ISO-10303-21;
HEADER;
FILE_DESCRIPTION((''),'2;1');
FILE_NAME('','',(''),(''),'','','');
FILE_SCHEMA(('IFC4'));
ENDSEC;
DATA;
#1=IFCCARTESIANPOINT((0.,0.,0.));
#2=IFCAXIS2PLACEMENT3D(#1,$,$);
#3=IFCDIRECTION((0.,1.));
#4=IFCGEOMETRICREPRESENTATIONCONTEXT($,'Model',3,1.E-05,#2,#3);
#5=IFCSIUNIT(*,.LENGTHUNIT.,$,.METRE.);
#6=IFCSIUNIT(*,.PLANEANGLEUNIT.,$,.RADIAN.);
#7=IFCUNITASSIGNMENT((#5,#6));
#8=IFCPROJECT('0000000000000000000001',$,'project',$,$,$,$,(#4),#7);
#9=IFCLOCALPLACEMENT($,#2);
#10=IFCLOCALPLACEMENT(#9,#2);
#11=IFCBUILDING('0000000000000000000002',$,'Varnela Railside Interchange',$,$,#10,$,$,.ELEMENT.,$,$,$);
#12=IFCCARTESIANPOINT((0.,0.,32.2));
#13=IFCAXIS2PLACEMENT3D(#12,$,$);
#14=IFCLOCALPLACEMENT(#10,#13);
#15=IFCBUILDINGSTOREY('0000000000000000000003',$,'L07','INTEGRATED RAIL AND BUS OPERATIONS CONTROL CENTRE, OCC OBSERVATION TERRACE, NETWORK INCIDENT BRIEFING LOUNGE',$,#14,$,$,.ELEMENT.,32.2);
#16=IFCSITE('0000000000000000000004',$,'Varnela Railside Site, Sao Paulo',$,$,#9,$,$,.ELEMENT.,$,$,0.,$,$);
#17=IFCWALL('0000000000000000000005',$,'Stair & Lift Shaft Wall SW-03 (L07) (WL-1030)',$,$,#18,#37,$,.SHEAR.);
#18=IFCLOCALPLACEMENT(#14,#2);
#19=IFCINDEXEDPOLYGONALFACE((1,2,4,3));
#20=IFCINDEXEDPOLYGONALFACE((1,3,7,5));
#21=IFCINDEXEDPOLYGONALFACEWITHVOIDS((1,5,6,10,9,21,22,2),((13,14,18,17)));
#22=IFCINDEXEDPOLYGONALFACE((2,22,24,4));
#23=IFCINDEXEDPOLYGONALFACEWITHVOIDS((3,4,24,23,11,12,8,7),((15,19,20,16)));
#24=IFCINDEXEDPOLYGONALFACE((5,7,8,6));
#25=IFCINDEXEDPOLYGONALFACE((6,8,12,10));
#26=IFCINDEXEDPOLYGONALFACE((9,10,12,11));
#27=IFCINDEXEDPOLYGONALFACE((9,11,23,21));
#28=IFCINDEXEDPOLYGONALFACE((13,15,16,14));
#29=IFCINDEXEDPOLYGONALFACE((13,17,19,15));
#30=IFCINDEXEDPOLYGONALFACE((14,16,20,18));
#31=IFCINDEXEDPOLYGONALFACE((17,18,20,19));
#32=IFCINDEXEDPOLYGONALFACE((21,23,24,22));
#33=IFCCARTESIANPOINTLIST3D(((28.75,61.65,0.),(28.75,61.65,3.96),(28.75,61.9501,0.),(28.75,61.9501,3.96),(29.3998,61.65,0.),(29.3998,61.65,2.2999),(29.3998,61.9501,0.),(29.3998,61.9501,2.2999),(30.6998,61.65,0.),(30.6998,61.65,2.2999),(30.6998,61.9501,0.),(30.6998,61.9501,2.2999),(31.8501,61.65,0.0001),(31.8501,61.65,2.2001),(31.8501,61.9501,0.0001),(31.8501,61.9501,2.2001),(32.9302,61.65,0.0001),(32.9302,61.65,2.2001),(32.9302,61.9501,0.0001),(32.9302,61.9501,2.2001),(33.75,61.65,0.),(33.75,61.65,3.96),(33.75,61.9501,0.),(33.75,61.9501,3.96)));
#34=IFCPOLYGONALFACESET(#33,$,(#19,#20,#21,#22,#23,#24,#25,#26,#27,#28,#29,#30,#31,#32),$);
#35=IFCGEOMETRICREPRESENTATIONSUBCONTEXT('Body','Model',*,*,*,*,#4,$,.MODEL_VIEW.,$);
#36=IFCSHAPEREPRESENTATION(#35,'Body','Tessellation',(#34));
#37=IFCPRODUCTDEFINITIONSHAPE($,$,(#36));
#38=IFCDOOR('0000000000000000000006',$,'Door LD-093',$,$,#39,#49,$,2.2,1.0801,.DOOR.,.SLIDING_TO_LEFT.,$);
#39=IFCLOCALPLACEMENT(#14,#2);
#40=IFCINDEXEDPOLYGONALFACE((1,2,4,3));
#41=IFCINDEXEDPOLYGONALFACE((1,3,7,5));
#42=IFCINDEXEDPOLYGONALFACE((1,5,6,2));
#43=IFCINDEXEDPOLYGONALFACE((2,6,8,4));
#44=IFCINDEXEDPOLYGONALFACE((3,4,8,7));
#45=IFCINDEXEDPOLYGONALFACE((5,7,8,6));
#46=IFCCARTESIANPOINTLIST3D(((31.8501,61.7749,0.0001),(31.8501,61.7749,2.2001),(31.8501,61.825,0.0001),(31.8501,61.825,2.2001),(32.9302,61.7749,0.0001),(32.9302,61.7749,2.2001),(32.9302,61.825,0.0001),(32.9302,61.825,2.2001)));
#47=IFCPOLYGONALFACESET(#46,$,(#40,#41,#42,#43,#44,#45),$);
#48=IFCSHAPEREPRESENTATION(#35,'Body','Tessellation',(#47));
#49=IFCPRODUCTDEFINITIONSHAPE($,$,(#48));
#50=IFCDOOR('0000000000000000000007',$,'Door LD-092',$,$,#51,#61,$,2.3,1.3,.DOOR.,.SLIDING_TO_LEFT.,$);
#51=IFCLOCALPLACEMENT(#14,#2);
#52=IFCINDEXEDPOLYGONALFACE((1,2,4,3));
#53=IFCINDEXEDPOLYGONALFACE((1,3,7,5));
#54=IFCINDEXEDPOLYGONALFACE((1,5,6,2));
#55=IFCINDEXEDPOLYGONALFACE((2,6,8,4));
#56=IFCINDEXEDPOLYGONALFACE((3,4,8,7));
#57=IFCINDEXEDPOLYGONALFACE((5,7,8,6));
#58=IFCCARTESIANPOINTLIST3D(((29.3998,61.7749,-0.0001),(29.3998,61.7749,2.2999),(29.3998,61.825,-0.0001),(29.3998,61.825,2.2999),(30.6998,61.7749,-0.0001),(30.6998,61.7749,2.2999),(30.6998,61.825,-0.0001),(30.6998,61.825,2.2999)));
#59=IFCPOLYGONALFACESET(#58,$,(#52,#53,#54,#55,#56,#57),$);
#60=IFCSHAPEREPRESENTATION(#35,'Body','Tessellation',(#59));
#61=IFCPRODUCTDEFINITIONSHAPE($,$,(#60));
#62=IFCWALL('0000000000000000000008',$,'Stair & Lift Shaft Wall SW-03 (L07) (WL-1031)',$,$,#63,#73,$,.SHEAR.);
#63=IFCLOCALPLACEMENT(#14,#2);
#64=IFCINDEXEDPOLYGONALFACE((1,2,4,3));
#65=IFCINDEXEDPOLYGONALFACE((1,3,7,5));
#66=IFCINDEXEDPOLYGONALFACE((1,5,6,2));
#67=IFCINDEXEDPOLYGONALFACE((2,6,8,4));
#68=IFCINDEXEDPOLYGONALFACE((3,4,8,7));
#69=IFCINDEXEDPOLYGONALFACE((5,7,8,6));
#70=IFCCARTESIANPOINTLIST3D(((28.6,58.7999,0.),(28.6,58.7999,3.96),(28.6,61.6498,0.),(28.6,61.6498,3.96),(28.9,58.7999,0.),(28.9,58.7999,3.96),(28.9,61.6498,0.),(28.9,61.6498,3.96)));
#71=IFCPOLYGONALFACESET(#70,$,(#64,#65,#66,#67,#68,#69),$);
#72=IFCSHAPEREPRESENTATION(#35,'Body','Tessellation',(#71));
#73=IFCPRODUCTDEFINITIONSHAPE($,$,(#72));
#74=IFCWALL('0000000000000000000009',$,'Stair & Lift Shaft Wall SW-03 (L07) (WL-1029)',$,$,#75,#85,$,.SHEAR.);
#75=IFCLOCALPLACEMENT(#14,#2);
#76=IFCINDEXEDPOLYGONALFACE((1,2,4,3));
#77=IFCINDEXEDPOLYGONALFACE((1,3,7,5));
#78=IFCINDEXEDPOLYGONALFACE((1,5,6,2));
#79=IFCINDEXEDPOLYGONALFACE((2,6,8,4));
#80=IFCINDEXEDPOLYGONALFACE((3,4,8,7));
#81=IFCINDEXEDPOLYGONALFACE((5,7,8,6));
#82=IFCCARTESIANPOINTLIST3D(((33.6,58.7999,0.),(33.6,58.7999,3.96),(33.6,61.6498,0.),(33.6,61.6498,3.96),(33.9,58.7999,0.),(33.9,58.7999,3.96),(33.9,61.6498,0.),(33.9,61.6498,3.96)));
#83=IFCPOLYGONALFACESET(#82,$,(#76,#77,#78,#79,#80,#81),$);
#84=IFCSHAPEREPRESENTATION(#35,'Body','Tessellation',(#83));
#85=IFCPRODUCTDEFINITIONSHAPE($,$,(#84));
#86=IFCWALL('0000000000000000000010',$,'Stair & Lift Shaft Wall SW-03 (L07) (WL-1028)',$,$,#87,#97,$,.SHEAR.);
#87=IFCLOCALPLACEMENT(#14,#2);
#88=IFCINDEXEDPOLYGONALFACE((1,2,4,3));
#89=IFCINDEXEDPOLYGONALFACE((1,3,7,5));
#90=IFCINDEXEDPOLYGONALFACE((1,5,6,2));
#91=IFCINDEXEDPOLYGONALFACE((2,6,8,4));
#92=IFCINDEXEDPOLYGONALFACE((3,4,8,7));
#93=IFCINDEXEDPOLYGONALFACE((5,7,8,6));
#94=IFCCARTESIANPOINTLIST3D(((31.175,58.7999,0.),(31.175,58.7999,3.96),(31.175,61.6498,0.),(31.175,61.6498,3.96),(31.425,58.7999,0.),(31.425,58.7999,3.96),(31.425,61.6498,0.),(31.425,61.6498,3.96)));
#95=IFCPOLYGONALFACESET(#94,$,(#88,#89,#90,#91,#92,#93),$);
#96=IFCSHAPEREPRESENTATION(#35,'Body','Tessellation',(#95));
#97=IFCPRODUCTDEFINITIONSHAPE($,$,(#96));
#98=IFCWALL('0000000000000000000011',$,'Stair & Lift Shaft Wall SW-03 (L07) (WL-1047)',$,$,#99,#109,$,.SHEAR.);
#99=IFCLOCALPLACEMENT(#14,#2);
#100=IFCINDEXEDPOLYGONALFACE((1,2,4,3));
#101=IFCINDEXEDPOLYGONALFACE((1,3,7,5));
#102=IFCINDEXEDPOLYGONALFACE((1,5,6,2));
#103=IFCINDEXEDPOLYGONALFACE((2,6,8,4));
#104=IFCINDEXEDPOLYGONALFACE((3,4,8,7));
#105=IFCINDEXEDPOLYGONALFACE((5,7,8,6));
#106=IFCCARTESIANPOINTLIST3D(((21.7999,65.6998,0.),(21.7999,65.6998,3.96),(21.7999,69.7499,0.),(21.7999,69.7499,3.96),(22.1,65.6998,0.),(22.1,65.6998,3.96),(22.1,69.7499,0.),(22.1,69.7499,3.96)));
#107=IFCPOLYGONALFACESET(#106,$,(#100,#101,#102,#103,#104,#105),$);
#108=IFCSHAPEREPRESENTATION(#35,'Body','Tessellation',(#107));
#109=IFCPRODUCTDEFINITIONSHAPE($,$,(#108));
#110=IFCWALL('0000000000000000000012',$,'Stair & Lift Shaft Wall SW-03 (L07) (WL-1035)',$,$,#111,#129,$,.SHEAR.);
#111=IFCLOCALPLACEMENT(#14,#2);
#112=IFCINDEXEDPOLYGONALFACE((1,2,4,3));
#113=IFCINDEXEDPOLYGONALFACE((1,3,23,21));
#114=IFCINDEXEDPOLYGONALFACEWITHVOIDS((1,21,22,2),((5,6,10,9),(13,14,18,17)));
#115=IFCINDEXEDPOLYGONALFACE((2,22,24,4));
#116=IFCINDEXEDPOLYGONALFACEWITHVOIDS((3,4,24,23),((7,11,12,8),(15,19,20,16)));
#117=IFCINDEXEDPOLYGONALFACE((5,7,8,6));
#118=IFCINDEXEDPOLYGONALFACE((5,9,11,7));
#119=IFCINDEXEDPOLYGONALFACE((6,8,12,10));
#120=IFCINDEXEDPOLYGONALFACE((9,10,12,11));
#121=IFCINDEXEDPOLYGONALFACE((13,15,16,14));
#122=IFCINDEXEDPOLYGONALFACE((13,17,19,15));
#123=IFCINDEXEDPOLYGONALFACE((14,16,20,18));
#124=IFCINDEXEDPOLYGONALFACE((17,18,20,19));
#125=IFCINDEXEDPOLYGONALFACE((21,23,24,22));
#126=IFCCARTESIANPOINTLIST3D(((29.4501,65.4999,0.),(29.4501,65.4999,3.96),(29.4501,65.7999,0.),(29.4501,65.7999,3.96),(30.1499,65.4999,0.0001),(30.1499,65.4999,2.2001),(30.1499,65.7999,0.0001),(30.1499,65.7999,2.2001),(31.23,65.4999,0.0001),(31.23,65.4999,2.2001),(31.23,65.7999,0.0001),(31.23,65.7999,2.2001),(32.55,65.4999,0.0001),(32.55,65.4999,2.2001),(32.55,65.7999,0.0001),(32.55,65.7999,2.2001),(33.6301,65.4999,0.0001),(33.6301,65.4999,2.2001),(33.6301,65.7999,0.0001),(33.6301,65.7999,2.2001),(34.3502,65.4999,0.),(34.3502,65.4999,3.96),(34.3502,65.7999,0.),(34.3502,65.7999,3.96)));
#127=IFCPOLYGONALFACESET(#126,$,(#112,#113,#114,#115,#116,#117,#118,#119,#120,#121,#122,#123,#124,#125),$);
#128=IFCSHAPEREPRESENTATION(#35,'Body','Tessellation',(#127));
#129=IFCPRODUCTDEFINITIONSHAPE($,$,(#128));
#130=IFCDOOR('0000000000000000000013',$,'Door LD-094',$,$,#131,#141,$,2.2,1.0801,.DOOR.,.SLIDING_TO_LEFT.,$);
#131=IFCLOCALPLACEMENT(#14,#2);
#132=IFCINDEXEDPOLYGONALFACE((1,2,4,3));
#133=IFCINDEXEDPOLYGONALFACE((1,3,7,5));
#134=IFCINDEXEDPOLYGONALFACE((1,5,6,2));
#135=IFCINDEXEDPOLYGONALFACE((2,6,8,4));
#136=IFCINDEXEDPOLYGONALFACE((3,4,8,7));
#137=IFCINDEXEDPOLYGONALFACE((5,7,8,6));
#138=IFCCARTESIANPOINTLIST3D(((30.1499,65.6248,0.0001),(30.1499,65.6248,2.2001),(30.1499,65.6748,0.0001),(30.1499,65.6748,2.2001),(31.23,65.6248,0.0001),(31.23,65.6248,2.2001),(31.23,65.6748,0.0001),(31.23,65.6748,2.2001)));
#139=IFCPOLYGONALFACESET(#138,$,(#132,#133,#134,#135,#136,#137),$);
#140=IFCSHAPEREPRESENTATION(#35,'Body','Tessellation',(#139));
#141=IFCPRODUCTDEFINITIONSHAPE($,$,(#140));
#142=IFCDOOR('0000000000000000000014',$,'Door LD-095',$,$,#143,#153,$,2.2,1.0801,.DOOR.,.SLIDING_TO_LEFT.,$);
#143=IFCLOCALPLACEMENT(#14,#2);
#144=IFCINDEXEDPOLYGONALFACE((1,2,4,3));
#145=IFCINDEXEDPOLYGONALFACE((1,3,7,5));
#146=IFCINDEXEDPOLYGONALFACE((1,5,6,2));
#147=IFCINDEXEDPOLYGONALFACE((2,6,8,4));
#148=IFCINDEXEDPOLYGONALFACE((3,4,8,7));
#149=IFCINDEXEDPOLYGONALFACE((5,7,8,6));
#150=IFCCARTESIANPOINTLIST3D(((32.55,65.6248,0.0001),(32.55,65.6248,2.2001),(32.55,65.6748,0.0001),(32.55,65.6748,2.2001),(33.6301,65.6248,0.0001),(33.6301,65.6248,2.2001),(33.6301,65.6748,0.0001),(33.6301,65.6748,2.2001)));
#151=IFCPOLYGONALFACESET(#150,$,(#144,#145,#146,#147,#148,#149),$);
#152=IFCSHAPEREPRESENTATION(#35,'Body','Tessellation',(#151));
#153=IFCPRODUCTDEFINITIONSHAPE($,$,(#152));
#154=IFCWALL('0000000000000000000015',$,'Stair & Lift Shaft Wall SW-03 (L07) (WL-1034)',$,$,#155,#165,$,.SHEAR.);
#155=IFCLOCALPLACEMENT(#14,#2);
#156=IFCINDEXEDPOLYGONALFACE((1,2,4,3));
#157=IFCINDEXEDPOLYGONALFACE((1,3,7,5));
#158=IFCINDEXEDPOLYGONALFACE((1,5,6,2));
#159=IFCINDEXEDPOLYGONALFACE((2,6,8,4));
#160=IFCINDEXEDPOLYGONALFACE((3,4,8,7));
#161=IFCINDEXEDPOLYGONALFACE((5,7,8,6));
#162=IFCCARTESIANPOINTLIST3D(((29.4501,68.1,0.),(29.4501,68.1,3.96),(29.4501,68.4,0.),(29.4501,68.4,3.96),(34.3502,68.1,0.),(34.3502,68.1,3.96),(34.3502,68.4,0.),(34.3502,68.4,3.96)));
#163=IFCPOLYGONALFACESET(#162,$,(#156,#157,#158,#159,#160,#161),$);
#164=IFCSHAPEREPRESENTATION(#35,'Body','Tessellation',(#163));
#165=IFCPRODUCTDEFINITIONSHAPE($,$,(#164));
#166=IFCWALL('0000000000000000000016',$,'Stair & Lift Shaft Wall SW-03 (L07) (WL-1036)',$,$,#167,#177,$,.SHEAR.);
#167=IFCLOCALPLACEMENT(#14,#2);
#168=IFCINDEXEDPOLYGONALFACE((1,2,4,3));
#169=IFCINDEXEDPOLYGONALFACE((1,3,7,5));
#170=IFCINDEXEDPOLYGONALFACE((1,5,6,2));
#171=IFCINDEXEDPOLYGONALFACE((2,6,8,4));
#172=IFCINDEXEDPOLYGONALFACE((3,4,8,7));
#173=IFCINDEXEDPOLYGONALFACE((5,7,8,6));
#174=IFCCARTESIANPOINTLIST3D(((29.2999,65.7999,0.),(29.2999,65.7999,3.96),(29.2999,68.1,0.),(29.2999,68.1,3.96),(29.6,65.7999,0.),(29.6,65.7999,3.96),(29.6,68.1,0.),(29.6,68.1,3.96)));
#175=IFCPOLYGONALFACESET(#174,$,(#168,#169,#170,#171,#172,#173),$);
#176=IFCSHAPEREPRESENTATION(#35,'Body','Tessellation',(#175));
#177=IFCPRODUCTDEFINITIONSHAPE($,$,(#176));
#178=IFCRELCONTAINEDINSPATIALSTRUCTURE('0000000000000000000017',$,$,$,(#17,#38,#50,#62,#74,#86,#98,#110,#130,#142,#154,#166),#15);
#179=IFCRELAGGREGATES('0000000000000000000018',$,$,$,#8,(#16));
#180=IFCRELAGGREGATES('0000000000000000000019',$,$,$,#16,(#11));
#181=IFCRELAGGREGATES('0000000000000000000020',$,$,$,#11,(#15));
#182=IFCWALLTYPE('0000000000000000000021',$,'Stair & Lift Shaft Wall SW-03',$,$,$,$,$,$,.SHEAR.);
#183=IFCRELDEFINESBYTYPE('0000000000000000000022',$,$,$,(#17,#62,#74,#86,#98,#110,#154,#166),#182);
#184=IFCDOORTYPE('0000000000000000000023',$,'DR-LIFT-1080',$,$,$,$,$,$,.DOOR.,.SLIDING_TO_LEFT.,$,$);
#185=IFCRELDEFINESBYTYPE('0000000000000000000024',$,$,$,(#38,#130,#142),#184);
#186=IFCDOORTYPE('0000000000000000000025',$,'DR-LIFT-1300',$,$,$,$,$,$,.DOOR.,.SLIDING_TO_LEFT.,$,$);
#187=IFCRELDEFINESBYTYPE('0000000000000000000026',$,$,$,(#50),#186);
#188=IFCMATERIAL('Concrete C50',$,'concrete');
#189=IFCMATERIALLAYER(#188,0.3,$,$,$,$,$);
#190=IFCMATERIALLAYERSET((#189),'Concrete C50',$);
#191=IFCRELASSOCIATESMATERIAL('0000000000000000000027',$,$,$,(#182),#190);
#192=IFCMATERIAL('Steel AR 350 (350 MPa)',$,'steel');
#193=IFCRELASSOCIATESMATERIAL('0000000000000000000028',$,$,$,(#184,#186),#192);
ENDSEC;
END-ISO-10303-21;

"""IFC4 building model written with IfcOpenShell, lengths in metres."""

from ifc_helpers import new_model, si_unit, direction, frame, frame_2d, origin, place, context, subcontext, project, spatial, rectangle, extrude, material, layer, layer_set, type_object, element, fill, save


model = new_model("IFC4")

# Units and contexts
model_context = context("Model", 3, precision=1e-05, world=origin(), true_north=direction((0.0, 1.0)))
body_context = subcontext(model_context, "Body", "Model", "MODEL_VIEW")
ifc_project = project(units=[si_unit("LENGTHUNIT", "METRE"), si_unit("PLANEANGLEUNIT", "RADIAN")], contexts=[model_context])

# Site, building, storey
site_placement = place(None, origin())
site = spatial("IfcSite", under=ifc_project, at=site_placement, Name="Varnela Railside Site, Sao Paulo", CompositionType="ELEMENT", RefElevation=0.0)
building_placement = place(site_placement, origin())
building = spatial("IfcBuilding", under=site, at=building_placement, Name="Varnela Railside Interchange", CompositionType="ELEMENT")
storey_placement = place(building_placement, frame((0.0, 0.0, 32.2)))
storey = spatial("IfcBuildingStorey", under=building, at=storey_placement, Name="L07", Description="INTEGRATED RAIL AND BUS OPERATIONS CONTROL CENTRE, OCC OBSERVATION TERRACE, NETWORK INCIDENT BRIEFING LOUNGE", CompositionType="ELEMENT", Elevation=32.2)

# Shared definitions
ifc_material_1 = material(Name="Steel AR 350 (350 MPa)", Category="steel")

# Shared definitions
ifc_material_2 = material(Name="Concrete C50", Category="concrete")

# Wall, openings, doors
ifc_layer_1 = layer(ifc_material_2, 0.3)
ifc_layer_set_1 = layer_set([ifc_layer_1], Name="Concrete C50")
wall_type_1 = type_object("IfcWallType", Name="Stair & Lift Shaft Wall SW-03", PredefinedType="SHEAR", material=ifc_layer_set_1)
wall_1_placement = place(storey_placement, frame((28.75, 61.8, 0.0), z_axis=(0.0, 0.0, 1.0), x_axis=(1.0, 0.0, 0.0)))
wall_1 = element("IfcWall", 1, at=wall_1_placement, inside=storey, type_object=wall_type_1, Name="Stair & Lift Shaft Wall SW-03 (L07) (WL-1030)", PredefinedType="SHEAR", context=body_context, shape_type="SweptSolid", body=[
    extrude(rectangle(XDim=5.0, YDim=0.3, at=frame_2d((2.5, 0.0))), origin(), (0.0, 0.0, 1.0), 3.96),
])
opening_1_placement = place(wall_1_placement, frame((0.6499, 0.0, 0.0)))
opening_1 = element("IfcOpeningElement", 2, at=opening_1_placement, cuts=wall_1, PredefinedType="OPENING", context=body_context, shape_type="SweptSolid", body=[
    extrude(rectangle(XDim=1.3, YDim=2.3, at=frame_2d((0.6499, 1.1499))), frame((0.0, 0.1599, 0.0), z_axis=(0.0, -1.0, 0.0), x_axis=(1.0, 0.0, 0.0)), (0.0, 0.0, 1.0), 0.3201),
])
opening_2_placement = place(wall_1_placement, frame((3.1001, 0.0, 0.0)))
opening_2 = element("IfcOpeningElement", 3, at=opening_2_placement, cuts=wall_1, PredefinedType="OPENING", context=body_context, shape_type="SweptSolid", body=[
    extrude(rectangle(XDim=1.0801, YDim=2.2, at=frame_2d((0.54, 1.1001))), frame((0.0, 0.1599, 0.0), z_axis=(0.0, -1.0, 0.0), x_axis=(1.0, 0.0, 0.0)), (0.0, 0.0, 1.0), 0.3201),
])
door_type_1 = type_object("IfcDoorType", Name="DR-LIFT-1080", OperationType="SLIDING_TO_LEFT", PredefinedType="DOOR", material=ifc_material_1)
door_1_placement = place(opening_2_placement, origin())
door_1 = element("IfcDoor", 4, at=door_1_placement, inside=storey, type_object=door_type_1, Name="Door LD-093", OperationType="SLIDING_TO_LEFT", OverallHeight=2.2, OverallWidth=1.0801, PredefinedType="DOOR", context=body_context, shape_type="SweptSolid", body=[
    extrude(rectangle(XDim=1.0801, YDim=2.2, at=frame_2d((0.54, 1.1001))), frame((0.0, 0.0249, 0.0), z_axis=(0.0, -1.0, 0.0), x_axis=(1.0, 0.0, 0.0)), (0.0, 0.0, 1.0), 0.05),
])
fill(opening_2, door_1)
door_type_2 = type_object("IfcDoorType", Name="DR-LIFT-1300", OperationType="SLIDING_TO_LEFT", PredefinedType="DOOR", material=ifc_material_1)
door_2_placement = place(opening_1_placement, origin())
door_2 = element("IfcDoor", 5, at=door_2_placement, inside=storey, type_object=door_type_2, Name="Door LD-092", OperationType="SLIDING_TO_LEFT", OverallHeight=2.3, OverallWidth=1.3, PredefinedType="DOOR", context=body_context, shape_type="SweptSolid", body=[
    extrude(rectangle(XDim=1.3, YDim=2.3, at=frame_2d((0.6499, 1.1499))), frame((0.0, 0.0249, 0.0), z_axis=(0.0, -1.0, 0.0), x_axis=(1.0, 0.0, 0.0)), (0.0, 0.0, 1.0), 0.05),
])
fill(opening_1, door_2)

# Walls
for number, where, z_axis, x_axis, name in (
    (6, (28.75, 58.8, 0.0), (0.0, 0.0, 1.0), (0.0, 1.0, 0.0), "Stair & Lift Shaft Wall SW-03 (L07) (WL-1031)"),
    (7, (33.75, 58.8, 0.0), (0.0, 0.0, 1.0), (0.0, 1.0, 0.0), "Stair & Lift Shaft Wall SW-03 (L07) (WL-1029)"),
):
    element("IfcWall", number, at=place(storey_placement, frame(where, z_axis=z_axis, x_axis=x_axis)), inside=storey, type_object=wall_type_1, Name=name, PredefinedType="SHEAR", context=body_context, shape_type="SweptSolid", body=[
        extrude(rectangle(XDim=2.8499, YDim=0.3, at=frame_2d((1.4248, 0.0))), origin(), (0.0, 0.0, 1.0), 3.96),
    ])
wall_2_placement = place(storey_placement, frame((31.3, 58.8, 0.0), z_axis=(0.0, 0.0, 1.0), x_axis=(0.0, 1.0, 0.0)))
element("IfcWall", 8, at=wall_2_placement, inside=storey, type_object=wall_type_1, Name="Stair & Lift Shaft Wall SW-03 (L07) (WL-1028)", PredefinedType="SHEAR", context=body_context, shape_type="SweptSolid", body=[
    extrude(rectangle(XDim=2.8499, YDim=0.25, at=frame_2d((1.4248, 0.0))), origin(), (0.0, 0.0, 1.0), 3.96),
])
wall_3_placement = place(storey_placement, frame((21.95, 65.7, 0.0), z_axis=(0.0, 0.0, 1.0), x_axis=(0.0, 1.0, 0.0)))
element("IfcWall", 9, at=wall_3_placement, inside=storey, type_object=wall_type_1, Name="Stair & Lift Shaft Wall SW-03 (L07) (WL-1047)", PredefinedType="SHEAR", context=body_context, shape_type="SweptSolid", body=[
    extrude(rectangle(XDim=4.05, YDim=0.3, at=frame_2d((2.0249, 0.0))), origin(), (0.0, 0.0, 1.0), 3.96),
])

# Wall, openings, doors
wall_4_placement = place(storey_placement, frame((29.45, 65.6499, 0.0), z_axis=(0.0, 0.0, 1.0), x_axis=(1.0, 0.0, 0.0)))
wall_4 = element("IfcWall", 10, at=wall_4_placement, inside=storey, type_object=wall_type_1, Name="Stair & Lift Shaft Wall SW-03 (L07) (WL-1035)", PredefinedType="SHEAR", context=body_context, shape_type="SweptSolid", body=[
    extrude(rectangle(XDim=4.9001, YDim=0.3, at=frame_2d((2.4502, 0.0))), origin(), (0.0, 0.0, 1.0), 3.96),
])
opening_3_placement = place(wall_4_placement, frame((0.7, 0.0, 0.0)))
opening_3 = element("IfcOpeningElement", 11, at=opening_3_placement, cuts=wall_4, PredefinedType="OPENING", context=body_context, shape_type="SweptSolid", body=[
    extrude(rectangle(XDim=1.0801, YDim=2.2, at=frame_2d((0.54, 1.1001))), frame((0.0, 0.1599, 0.0), z_axis=(0.0, -1.0, 0.0), x_axis=(1.0, 0.0, 0.0)), (0.0, 0.0, 1.0), 0.3201),
])
opening_4_placement = place(wall_4_placement, frame((3.1001, 0.0, 0.0)))
opening_4 = element("IfcOpeningElement", 12, at=opening_4_placement, cuts=wall_4, PredefinedType="OPENING", context=body_context, shape_type="SweptSolid", body=[
    extrude(rectangle(XDim=1.0801, YDim=2.2, at=frame_2d((0.54, 1.1001))), frame((0.0, 0.1599, 0.0), z_axis=(0.0, -1.0, 0.0), x_axis=(1.0, 0.0, 0.0)), (0.0, 0.0, 1.0), 0.3201),
])
door_3_placement = place(opening_3_placement, origin())
door_3 = element("IfcDoor", 13, at=door_3_placement, inside=storey, type_object=door_type_1, Name="Door LD-094", OperationType="SLIDING_TO_LEFT", OverallHeight=2.2, OverallWidth=1.0801, PredefinedType="DOOR", context=body_context, shape_type="SweptSolid", body=[
    extrude(rectangle(XDim=1.0801, YDim=2.2, at=frame_2d((0.54, 1.1001))), frame((0.0, 0.0249, 0.0), z_axis=(0.0, -1.0, 0.0), x_axis=(1.0, 0.0, 0.0)), (0.0, 0.0, 1.0), 0.05),
])
fill(opening_3, door_3)
door_4_placement = place(opening_4_placement, origin())
door_4 = element("IfcDoor", 14, at=door_4_placement, inside=storey, type_object=door_type_1, Name="Door LD-095", OperationType="SLIDING_TO_LEFT", OverallHeight=2.2, OverallWidth=1.0801, PredefinedType="DOOR", context=body_context, shape_type="SweptSolid", body=[
    extrude(rectangle(XDim=1.0801, YDim=2.2, at=frame_2d((0.54, 1.1001))), frame((0.0, 0.0249, 0.0), z_axis=(0.0, -1.0, 0.0), x_axis=(1.0, 0.0, 0.0)), (0.0, 0.0, 1.0), 0.05),
])
fill(opening_4, door_4)

# Walls
wall_5_placement = place(storey_placement, frame((29.45, 68.25, 0.0), z_axis=(0.0, 0.0, 1.0), x_axis=(1.0, 0.0, 0.0)))
element("IfcWall", 15, at=wall_5_placement, inside=storey, type_object=wall_type_1, Name="Stair & Lift Shaft Wall SW-03 (L07) (WL-1034)", PredefinedType="SHEAR", context=body_context, shape_type="SweptSolid", body=[
    extrude(rectangle(XDim=4.9001, YDim=0.3, at=frame_2d((2.4502, 0.0))), origin(), (0.0, 0.0, 1.0), 3.96),
])
for number, where, z_axis, x_axis, name in (
    (16, (29.45, 65.8, 0.0), (0.0, 0.0, 1.0), (0.0, 1.0, 0.0), "Stair & Lift Shaft Wall SW-03 (L07) (WL-1036)"),
):
    element("IfcWall", number, at=place(storey_placement, frame(where, z_axis=z_axis, x_axis=x_axis)), inside=storey, type_object=wall_type_1, Name=name, PredefinedType="SHEAR", context=body_context, shape_type="SweptSolid", body=[
        extrude(rectangle(XDim=2.3, YDim=0.3, at=frame_2d((1.1499, 0.0))), origin(), (0.0, 0.0, 1.0), 3.96),
    ])

save(model, "model.ifc")
